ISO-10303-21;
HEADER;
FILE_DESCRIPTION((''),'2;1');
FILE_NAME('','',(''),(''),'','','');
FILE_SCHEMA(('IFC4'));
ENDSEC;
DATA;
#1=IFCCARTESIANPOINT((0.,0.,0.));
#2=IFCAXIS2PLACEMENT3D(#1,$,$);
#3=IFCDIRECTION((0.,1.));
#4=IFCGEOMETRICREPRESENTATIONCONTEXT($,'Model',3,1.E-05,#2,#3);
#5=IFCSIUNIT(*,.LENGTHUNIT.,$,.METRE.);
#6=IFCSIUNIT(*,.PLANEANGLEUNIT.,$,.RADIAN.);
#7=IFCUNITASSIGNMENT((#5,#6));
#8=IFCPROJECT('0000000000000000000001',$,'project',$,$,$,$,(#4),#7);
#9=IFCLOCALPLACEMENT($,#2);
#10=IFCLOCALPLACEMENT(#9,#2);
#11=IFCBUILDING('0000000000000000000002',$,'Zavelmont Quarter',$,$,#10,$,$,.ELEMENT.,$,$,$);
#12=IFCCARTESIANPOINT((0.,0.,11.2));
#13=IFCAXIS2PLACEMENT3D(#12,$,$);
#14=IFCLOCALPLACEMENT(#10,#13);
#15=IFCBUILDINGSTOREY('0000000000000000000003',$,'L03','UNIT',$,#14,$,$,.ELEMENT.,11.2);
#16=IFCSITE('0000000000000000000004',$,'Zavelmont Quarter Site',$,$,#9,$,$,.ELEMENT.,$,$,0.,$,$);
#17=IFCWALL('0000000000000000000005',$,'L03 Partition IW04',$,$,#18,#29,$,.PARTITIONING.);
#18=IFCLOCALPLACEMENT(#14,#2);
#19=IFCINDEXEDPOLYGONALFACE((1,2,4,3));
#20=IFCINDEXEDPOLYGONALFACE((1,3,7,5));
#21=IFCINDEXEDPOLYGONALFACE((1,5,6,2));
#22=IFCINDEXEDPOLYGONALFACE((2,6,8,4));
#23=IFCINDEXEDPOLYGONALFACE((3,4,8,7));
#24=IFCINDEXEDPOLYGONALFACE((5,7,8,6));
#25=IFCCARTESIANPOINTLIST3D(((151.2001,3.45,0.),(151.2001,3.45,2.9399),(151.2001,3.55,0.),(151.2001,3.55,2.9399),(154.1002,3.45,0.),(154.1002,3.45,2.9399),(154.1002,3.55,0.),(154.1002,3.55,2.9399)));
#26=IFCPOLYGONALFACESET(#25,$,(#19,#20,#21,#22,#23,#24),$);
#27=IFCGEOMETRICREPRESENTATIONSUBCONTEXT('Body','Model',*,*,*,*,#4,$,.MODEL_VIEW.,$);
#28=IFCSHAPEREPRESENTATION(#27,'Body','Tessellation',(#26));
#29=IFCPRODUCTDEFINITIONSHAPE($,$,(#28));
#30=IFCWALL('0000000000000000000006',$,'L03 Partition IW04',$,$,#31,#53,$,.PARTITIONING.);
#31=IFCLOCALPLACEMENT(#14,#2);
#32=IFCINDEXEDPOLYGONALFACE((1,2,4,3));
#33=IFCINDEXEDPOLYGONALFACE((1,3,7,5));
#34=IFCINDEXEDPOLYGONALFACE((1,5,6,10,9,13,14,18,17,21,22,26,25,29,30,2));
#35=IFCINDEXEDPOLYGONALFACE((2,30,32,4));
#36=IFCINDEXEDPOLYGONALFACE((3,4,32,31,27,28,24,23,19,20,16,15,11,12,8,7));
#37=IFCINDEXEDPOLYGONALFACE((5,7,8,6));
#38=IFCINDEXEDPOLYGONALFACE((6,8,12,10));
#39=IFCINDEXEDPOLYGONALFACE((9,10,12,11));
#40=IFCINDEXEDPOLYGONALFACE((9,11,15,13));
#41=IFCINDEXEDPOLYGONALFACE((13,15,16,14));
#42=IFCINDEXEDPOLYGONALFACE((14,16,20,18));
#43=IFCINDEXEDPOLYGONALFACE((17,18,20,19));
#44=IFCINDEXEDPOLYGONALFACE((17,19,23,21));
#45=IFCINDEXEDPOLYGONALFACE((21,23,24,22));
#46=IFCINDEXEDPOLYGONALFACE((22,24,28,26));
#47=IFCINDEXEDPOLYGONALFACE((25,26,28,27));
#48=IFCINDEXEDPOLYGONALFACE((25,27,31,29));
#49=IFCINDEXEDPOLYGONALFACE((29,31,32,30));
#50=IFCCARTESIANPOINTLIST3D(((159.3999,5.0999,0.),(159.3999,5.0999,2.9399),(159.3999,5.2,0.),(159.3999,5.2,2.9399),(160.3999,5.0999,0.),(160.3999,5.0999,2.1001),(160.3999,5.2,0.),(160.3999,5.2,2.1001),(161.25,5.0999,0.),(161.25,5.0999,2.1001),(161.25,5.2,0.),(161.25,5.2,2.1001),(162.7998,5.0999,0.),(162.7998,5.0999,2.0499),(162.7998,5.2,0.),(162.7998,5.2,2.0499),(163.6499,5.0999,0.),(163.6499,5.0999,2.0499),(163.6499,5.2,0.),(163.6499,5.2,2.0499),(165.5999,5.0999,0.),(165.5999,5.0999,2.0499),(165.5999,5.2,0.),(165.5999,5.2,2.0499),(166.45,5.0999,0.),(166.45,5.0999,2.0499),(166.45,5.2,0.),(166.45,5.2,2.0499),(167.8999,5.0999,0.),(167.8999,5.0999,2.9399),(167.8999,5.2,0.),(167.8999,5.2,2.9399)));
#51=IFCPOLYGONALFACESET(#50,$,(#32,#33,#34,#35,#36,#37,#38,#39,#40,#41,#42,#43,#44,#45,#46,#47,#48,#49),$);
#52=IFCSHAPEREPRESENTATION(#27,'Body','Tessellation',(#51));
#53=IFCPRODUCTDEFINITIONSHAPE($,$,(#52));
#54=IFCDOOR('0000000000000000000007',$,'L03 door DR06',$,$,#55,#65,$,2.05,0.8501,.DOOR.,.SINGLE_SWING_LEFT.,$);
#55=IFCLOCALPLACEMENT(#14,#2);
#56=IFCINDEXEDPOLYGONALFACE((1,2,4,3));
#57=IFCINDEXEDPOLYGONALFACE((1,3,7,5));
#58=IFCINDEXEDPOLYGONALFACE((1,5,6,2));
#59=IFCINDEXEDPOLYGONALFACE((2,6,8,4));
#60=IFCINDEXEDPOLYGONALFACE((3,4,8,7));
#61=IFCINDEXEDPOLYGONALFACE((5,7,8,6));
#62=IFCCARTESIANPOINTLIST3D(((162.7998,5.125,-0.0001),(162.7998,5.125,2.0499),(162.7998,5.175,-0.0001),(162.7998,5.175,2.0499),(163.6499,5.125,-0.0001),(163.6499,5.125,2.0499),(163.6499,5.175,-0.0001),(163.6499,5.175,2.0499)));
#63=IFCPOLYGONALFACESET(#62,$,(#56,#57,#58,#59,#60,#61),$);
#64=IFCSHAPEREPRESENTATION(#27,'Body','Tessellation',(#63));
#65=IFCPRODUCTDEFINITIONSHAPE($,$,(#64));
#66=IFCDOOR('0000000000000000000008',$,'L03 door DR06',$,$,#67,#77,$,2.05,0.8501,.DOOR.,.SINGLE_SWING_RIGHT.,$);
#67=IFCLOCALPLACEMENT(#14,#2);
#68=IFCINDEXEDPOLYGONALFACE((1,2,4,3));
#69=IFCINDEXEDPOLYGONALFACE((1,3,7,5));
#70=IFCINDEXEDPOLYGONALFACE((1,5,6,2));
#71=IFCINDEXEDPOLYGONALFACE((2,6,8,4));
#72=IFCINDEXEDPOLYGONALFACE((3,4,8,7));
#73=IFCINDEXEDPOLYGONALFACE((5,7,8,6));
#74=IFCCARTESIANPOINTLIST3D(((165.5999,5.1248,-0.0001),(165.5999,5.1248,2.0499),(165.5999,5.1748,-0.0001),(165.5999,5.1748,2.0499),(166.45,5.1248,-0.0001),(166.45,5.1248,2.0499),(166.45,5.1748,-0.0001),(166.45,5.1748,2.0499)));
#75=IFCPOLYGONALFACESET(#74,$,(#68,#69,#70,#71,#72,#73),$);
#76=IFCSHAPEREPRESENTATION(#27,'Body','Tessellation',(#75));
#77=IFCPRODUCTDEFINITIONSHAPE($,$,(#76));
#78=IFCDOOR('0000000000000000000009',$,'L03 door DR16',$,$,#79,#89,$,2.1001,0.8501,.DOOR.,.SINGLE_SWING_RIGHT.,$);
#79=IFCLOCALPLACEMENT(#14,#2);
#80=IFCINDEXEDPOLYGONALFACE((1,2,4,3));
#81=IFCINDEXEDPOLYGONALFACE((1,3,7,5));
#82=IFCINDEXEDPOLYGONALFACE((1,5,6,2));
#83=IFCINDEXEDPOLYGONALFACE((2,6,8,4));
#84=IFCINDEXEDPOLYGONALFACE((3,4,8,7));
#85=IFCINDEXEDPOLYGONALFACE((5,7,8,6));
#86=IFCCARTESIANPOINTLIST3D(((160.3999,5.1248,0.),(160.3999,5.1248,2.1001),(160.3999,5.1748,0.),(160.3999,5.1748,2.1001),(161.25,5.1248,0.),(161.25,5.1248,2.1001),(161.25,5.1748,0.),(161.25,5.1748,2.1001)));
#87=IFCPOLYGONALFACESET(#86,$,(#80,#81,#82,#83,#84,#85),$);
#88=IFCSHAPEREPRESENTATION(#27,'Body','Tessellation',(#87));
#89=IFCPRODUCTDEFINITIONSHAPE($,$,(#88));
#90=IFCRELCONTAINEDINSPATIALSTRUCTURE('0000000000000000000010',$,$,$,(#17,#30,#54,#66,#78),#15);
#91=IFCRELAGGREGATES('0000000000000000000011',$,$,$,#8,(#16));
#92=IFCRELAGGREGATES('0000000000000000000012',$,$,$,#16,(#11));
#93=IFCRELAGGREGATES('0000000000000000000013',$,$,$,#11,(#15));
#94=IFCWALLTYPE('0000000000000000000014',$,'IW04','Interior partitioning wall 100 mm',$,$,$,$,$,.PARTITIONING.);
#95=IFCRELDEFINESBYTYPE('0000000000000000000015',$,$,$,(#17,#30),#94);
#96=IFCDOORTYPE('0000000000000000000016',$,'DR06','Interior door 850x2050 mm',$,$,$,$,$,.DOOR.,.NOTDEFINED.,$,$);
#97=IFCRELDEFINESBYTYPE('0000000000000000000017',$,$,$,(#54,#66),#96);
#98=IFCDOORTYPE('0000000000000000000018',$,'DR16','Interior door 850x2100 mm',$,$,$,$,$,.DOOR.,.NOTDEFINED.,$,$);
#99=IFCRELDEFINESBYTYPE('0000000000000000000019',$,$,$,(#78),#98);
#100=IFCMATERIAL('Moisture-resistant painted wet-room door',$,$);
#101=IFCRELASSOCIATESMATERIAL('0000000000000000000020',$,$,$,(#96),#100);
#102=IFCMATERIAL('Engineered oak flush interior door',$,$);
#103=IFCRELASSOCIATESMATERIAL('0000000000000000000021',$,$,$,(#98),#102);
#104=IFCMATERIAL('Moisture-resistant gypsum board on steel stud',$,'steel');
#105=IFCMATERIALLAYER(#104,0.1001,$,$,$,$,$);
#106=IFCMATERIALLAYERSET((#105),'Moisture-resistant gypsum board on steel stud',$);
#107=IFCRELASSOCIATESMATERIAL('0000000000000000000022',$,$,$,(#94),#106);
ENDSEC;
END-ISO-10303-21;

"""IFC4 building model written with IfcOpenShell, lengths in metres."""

from ifc_helpers import new_model, si_unit, direction, frame, frame_2d, origin, origin_with_axes, place, context, subcontext, project, spatial, rectangle, extrude, material, layer, layer_set, type_object, element, fill, save


model = new_model("IFC4")

# Units and contexts
model_context = context("Model", 3, precision=1e-05, world=origin(), true_north=direction((0.0, 1.0)))
body_context = subcontext(model_context, "Body", "Model", "MODEL_VIEW")
ifc_project = project(units=[si_unit("LENGTHUNIT", "METRE"), si_unit("PLANEANGLEUNIT", "RADIAN")], contexts=[model_context])

# Site, building, storey
site_placement = place(None, origin())
site = spatial("IfcSite", under=ifc_project, at=site_placement, Name="Zavelmont Quarter Site", CompositionType="ELEMENT", RefElevation=0.0)
building_placement = place(site_placement, origin())
building = spatial("IfcBuilding", under=site, at=building_placement, Name="Zavelmont Quarter", CompositionType="ELEMENT")
storey_placement = place(building_placement, frame((0.0, 0.0, 11.2)))
storey = spatial("IfcBuildingStorey", under=building, at=storey_placement, Name="L03", Description="UNIT", CompositionType="ELEMENT", Elevation=11.2)

# Shared definitions
ifc_material_1 = material(Name="Engineered oak flush interior door")
ifc_material_2 = material(Name="Moisture-resistant painted wet-room door")
door_type_1 = type_object("IfcDoorType", Name="DR06", Description="Interior door 850x2050 mm", OperationType="NOTDEFINED", PredefinedType="DOOR", material=ifc_material_2)
door_type_2 = type_object("IfcDoorType", Name="DR16", Description="Interior door 850x2100 mm", OperationType="NOTDEFINED", PredefinedType="DOOR", material=ifc_material_1)

# Wall
ifc_material_3 = material(Name="Moisture-resistant gypsum board on steel stud", Category="steel")
ifc_layer_1 = layer(ifc_material_3, 0.1001)
ifc_layer_set_1 = layer_set([ifc_layer_1], Name="Moisture-resistant gypsum board on steel stud")
wall_type_1 = type_object("IfcWallType", Name="IW04", Description="Interior partitioning wall 100 mm", PredefinedType="PARTITIONING", material=ifc_layer_set_1)
for number, where, z_axis, x_axis, name in (
    (1, (151.2, 3.5, 0.0), (0.0, 0.0, 1.0), (1.0, 0.0, 0.0), "L03 Partition IW04"),
):
    element("IfcWall", number, at=place(storey_placement, frame(where, z_axis=z_axis, x_axis=x_axis)), inside=storey, type_object=wall_type_1, Name=name, PredefinedType="PARTITIONING", context=body_context, shape_type="SweptSolid", body=[
        extrude(rectangle(XDim=2.9001, YDim=0.1001, at=frame_2d((1.4502, 0.0))), origin(), (0.0, 0.0, 1.0), 2.9399),
    ])

# Wall, openings, doors
wall_1_placement = place(storey_placement, frame((159.3999, 5.1499, 0.0), z_axis=(0.0, 0.0, 1.0), x_axis=(1.0, 0.0, 0.0)))
wall_1 = element("IfcWall", 2, at=wall_1_placement, inside=storey, type_object=wall_type_1, Name="L03 Partition IW04", PredefinedType="PARTITIONING", context=body_context, shape_type="SweptSolid", body=[
    extrude(rectangle(XDim=8.5, YDim=0.1001, at=frame_2d((4.25, 0.0))), origin(), (0.0, 0.0, 1.0), 2.9399),
])
opening_1_placement = place(wall_1_placement, frame((1.0, 0.0, 0.0)))
opening_1 = element("IfcOpeningElement", 3, at=opening_1_placement, cuts=wall_1, PredefinedType="OPENING", context=body_context, shape_type="SweptSolid", body=[
    extrude(rectangle(XDim=0.8501, YDim=2.1001, at=frame_2d((0.425, 1.05))), frame((0.0, 0.062, 0.0), z_axis=(0.0, -1.0, 0.0), x_axis=(1.0, 0.0, 0.0)), (0.0, 0.0, 1.0), 0.124),
])
opening_2_placement = place(wall_1_placement, frame((3.3999, 0.0, 0.0)))
opening_2 = element("IfcOpeningElement", 4, at=opening_2_placement, cuts=wall_1, PredefinedType="OPENING", context=body_context, shape_type="SweptSolid", body=[
    extrude(rectangle(XDim=0.8501, YDim=2.05, at=frame_2d((0.425, 1.0249))), frame((0.0, 0.062, 0.0), z_axis=(0.0, -1.0, 0.0), x_axis=(1.0, 0.0, 0.0)), (0.0, 0.0, 1.0), 0.124),
])
opening_3_placement = place(wall_1_placement, frame((6.2, 0.0, 0.0)))
opening_3 = element("IfcOpeningElement", 5, at=opening_3_placement, cuts=wall_1, PredefinedType="OPENING", context=body_context, shape_type="SweptSolid", body=[
    extrude(rectangle(XDim=0.8501, YDim=2.05, at=frame_2d((0.425, 1.0249))), frame((0.0, 0.062, 0.0), z_axis=(0.0, -1.0, 0.0), x_axis=(1.0, 0.0, 0.0)), (0.0, 0.0, 1.0), 0.124),
])
door_1_placement = place(opening_2_placement, frame((0.8501, 0.0, 0.0), z_axis=(0.0, 0.0, 1.0), x_axis=(-1.0, 0.0, 0.0)))
door_1 = element("IfcDoor", 6, at=door_1_placement, inside=storey, type_object=door_type_1, Name="L03 door DR06", OperationType="SINGLE_SWING_LEFT", OverallHeight=2.05, OverallWidth=0.8501, PredefinedType="DOOR", context=body_context, shape_type="SweptSolid", body=[
    extrude(rectangle(XDim=0.8501, YDim=2.05, at=frame_2d((0.425, 1.0249))), frame((0.0, 0.0249, 0.0), z_axis=(0.0, -1.0, 0.0), x_axis=(1.0, 0.0, 0.0)), (0.0, 0.0, 1.0), 0.05),
])
fill(opening_2, door_1)
door_2_placement = place(opening_3_placement, origin_with_axes())
door_2 = element("IfcDoor", 7, at=door_2_placement, inside=storey, type_object=door_type_1, Name="L03 door DR06", OperationType="SINGLE_SWING_RIGHT", OverallHeight=2.05, OverallWidth=0.8501, PredefinedType="DOOR", context=body_context, shape_type="SweptSolid", body=[
    extrude(rectangle(XDim=0.8501, YDim=2.05, at=frame_2d((0.425, 1.0249))), frame((0.0, 0.0249, 0.0), z_axis=(0.0, -1.0, 0.0), x_axis=(1.0, 0.0, 0.0)), (0.0, 0.0, 1.0), 0.05),
])
fill(opening_3, door_2)
door_3_placement = place(opening_1_placement, origin_with_axes())
door_3 = element("IfcDoor", 8, at=door_3_placement, inside=storey, type_object=door_type_2, Name="L03 door DR16", OperationType="SINGLE_SWING_RIGHT", OverallHeight=2.1001, OverallWidth=0.8501, PredefinedType="DOOR", context=body_context, shape_type="SweptSolid", body=[
    extrude(rectangle(XDim=0.8501, YDim=2.1001, at=frame_2d((0.425, 1.05))), frame((0.0, 0.0249, 0.0), z_axis=(0.0, -1.0, 0.0), x_axis=(1.0, 0.0, 0.0)), (0.0, 0.0, 1.0), 0.05),
])
fill(opening_1, door_3)

save(model, "model.ifc")
